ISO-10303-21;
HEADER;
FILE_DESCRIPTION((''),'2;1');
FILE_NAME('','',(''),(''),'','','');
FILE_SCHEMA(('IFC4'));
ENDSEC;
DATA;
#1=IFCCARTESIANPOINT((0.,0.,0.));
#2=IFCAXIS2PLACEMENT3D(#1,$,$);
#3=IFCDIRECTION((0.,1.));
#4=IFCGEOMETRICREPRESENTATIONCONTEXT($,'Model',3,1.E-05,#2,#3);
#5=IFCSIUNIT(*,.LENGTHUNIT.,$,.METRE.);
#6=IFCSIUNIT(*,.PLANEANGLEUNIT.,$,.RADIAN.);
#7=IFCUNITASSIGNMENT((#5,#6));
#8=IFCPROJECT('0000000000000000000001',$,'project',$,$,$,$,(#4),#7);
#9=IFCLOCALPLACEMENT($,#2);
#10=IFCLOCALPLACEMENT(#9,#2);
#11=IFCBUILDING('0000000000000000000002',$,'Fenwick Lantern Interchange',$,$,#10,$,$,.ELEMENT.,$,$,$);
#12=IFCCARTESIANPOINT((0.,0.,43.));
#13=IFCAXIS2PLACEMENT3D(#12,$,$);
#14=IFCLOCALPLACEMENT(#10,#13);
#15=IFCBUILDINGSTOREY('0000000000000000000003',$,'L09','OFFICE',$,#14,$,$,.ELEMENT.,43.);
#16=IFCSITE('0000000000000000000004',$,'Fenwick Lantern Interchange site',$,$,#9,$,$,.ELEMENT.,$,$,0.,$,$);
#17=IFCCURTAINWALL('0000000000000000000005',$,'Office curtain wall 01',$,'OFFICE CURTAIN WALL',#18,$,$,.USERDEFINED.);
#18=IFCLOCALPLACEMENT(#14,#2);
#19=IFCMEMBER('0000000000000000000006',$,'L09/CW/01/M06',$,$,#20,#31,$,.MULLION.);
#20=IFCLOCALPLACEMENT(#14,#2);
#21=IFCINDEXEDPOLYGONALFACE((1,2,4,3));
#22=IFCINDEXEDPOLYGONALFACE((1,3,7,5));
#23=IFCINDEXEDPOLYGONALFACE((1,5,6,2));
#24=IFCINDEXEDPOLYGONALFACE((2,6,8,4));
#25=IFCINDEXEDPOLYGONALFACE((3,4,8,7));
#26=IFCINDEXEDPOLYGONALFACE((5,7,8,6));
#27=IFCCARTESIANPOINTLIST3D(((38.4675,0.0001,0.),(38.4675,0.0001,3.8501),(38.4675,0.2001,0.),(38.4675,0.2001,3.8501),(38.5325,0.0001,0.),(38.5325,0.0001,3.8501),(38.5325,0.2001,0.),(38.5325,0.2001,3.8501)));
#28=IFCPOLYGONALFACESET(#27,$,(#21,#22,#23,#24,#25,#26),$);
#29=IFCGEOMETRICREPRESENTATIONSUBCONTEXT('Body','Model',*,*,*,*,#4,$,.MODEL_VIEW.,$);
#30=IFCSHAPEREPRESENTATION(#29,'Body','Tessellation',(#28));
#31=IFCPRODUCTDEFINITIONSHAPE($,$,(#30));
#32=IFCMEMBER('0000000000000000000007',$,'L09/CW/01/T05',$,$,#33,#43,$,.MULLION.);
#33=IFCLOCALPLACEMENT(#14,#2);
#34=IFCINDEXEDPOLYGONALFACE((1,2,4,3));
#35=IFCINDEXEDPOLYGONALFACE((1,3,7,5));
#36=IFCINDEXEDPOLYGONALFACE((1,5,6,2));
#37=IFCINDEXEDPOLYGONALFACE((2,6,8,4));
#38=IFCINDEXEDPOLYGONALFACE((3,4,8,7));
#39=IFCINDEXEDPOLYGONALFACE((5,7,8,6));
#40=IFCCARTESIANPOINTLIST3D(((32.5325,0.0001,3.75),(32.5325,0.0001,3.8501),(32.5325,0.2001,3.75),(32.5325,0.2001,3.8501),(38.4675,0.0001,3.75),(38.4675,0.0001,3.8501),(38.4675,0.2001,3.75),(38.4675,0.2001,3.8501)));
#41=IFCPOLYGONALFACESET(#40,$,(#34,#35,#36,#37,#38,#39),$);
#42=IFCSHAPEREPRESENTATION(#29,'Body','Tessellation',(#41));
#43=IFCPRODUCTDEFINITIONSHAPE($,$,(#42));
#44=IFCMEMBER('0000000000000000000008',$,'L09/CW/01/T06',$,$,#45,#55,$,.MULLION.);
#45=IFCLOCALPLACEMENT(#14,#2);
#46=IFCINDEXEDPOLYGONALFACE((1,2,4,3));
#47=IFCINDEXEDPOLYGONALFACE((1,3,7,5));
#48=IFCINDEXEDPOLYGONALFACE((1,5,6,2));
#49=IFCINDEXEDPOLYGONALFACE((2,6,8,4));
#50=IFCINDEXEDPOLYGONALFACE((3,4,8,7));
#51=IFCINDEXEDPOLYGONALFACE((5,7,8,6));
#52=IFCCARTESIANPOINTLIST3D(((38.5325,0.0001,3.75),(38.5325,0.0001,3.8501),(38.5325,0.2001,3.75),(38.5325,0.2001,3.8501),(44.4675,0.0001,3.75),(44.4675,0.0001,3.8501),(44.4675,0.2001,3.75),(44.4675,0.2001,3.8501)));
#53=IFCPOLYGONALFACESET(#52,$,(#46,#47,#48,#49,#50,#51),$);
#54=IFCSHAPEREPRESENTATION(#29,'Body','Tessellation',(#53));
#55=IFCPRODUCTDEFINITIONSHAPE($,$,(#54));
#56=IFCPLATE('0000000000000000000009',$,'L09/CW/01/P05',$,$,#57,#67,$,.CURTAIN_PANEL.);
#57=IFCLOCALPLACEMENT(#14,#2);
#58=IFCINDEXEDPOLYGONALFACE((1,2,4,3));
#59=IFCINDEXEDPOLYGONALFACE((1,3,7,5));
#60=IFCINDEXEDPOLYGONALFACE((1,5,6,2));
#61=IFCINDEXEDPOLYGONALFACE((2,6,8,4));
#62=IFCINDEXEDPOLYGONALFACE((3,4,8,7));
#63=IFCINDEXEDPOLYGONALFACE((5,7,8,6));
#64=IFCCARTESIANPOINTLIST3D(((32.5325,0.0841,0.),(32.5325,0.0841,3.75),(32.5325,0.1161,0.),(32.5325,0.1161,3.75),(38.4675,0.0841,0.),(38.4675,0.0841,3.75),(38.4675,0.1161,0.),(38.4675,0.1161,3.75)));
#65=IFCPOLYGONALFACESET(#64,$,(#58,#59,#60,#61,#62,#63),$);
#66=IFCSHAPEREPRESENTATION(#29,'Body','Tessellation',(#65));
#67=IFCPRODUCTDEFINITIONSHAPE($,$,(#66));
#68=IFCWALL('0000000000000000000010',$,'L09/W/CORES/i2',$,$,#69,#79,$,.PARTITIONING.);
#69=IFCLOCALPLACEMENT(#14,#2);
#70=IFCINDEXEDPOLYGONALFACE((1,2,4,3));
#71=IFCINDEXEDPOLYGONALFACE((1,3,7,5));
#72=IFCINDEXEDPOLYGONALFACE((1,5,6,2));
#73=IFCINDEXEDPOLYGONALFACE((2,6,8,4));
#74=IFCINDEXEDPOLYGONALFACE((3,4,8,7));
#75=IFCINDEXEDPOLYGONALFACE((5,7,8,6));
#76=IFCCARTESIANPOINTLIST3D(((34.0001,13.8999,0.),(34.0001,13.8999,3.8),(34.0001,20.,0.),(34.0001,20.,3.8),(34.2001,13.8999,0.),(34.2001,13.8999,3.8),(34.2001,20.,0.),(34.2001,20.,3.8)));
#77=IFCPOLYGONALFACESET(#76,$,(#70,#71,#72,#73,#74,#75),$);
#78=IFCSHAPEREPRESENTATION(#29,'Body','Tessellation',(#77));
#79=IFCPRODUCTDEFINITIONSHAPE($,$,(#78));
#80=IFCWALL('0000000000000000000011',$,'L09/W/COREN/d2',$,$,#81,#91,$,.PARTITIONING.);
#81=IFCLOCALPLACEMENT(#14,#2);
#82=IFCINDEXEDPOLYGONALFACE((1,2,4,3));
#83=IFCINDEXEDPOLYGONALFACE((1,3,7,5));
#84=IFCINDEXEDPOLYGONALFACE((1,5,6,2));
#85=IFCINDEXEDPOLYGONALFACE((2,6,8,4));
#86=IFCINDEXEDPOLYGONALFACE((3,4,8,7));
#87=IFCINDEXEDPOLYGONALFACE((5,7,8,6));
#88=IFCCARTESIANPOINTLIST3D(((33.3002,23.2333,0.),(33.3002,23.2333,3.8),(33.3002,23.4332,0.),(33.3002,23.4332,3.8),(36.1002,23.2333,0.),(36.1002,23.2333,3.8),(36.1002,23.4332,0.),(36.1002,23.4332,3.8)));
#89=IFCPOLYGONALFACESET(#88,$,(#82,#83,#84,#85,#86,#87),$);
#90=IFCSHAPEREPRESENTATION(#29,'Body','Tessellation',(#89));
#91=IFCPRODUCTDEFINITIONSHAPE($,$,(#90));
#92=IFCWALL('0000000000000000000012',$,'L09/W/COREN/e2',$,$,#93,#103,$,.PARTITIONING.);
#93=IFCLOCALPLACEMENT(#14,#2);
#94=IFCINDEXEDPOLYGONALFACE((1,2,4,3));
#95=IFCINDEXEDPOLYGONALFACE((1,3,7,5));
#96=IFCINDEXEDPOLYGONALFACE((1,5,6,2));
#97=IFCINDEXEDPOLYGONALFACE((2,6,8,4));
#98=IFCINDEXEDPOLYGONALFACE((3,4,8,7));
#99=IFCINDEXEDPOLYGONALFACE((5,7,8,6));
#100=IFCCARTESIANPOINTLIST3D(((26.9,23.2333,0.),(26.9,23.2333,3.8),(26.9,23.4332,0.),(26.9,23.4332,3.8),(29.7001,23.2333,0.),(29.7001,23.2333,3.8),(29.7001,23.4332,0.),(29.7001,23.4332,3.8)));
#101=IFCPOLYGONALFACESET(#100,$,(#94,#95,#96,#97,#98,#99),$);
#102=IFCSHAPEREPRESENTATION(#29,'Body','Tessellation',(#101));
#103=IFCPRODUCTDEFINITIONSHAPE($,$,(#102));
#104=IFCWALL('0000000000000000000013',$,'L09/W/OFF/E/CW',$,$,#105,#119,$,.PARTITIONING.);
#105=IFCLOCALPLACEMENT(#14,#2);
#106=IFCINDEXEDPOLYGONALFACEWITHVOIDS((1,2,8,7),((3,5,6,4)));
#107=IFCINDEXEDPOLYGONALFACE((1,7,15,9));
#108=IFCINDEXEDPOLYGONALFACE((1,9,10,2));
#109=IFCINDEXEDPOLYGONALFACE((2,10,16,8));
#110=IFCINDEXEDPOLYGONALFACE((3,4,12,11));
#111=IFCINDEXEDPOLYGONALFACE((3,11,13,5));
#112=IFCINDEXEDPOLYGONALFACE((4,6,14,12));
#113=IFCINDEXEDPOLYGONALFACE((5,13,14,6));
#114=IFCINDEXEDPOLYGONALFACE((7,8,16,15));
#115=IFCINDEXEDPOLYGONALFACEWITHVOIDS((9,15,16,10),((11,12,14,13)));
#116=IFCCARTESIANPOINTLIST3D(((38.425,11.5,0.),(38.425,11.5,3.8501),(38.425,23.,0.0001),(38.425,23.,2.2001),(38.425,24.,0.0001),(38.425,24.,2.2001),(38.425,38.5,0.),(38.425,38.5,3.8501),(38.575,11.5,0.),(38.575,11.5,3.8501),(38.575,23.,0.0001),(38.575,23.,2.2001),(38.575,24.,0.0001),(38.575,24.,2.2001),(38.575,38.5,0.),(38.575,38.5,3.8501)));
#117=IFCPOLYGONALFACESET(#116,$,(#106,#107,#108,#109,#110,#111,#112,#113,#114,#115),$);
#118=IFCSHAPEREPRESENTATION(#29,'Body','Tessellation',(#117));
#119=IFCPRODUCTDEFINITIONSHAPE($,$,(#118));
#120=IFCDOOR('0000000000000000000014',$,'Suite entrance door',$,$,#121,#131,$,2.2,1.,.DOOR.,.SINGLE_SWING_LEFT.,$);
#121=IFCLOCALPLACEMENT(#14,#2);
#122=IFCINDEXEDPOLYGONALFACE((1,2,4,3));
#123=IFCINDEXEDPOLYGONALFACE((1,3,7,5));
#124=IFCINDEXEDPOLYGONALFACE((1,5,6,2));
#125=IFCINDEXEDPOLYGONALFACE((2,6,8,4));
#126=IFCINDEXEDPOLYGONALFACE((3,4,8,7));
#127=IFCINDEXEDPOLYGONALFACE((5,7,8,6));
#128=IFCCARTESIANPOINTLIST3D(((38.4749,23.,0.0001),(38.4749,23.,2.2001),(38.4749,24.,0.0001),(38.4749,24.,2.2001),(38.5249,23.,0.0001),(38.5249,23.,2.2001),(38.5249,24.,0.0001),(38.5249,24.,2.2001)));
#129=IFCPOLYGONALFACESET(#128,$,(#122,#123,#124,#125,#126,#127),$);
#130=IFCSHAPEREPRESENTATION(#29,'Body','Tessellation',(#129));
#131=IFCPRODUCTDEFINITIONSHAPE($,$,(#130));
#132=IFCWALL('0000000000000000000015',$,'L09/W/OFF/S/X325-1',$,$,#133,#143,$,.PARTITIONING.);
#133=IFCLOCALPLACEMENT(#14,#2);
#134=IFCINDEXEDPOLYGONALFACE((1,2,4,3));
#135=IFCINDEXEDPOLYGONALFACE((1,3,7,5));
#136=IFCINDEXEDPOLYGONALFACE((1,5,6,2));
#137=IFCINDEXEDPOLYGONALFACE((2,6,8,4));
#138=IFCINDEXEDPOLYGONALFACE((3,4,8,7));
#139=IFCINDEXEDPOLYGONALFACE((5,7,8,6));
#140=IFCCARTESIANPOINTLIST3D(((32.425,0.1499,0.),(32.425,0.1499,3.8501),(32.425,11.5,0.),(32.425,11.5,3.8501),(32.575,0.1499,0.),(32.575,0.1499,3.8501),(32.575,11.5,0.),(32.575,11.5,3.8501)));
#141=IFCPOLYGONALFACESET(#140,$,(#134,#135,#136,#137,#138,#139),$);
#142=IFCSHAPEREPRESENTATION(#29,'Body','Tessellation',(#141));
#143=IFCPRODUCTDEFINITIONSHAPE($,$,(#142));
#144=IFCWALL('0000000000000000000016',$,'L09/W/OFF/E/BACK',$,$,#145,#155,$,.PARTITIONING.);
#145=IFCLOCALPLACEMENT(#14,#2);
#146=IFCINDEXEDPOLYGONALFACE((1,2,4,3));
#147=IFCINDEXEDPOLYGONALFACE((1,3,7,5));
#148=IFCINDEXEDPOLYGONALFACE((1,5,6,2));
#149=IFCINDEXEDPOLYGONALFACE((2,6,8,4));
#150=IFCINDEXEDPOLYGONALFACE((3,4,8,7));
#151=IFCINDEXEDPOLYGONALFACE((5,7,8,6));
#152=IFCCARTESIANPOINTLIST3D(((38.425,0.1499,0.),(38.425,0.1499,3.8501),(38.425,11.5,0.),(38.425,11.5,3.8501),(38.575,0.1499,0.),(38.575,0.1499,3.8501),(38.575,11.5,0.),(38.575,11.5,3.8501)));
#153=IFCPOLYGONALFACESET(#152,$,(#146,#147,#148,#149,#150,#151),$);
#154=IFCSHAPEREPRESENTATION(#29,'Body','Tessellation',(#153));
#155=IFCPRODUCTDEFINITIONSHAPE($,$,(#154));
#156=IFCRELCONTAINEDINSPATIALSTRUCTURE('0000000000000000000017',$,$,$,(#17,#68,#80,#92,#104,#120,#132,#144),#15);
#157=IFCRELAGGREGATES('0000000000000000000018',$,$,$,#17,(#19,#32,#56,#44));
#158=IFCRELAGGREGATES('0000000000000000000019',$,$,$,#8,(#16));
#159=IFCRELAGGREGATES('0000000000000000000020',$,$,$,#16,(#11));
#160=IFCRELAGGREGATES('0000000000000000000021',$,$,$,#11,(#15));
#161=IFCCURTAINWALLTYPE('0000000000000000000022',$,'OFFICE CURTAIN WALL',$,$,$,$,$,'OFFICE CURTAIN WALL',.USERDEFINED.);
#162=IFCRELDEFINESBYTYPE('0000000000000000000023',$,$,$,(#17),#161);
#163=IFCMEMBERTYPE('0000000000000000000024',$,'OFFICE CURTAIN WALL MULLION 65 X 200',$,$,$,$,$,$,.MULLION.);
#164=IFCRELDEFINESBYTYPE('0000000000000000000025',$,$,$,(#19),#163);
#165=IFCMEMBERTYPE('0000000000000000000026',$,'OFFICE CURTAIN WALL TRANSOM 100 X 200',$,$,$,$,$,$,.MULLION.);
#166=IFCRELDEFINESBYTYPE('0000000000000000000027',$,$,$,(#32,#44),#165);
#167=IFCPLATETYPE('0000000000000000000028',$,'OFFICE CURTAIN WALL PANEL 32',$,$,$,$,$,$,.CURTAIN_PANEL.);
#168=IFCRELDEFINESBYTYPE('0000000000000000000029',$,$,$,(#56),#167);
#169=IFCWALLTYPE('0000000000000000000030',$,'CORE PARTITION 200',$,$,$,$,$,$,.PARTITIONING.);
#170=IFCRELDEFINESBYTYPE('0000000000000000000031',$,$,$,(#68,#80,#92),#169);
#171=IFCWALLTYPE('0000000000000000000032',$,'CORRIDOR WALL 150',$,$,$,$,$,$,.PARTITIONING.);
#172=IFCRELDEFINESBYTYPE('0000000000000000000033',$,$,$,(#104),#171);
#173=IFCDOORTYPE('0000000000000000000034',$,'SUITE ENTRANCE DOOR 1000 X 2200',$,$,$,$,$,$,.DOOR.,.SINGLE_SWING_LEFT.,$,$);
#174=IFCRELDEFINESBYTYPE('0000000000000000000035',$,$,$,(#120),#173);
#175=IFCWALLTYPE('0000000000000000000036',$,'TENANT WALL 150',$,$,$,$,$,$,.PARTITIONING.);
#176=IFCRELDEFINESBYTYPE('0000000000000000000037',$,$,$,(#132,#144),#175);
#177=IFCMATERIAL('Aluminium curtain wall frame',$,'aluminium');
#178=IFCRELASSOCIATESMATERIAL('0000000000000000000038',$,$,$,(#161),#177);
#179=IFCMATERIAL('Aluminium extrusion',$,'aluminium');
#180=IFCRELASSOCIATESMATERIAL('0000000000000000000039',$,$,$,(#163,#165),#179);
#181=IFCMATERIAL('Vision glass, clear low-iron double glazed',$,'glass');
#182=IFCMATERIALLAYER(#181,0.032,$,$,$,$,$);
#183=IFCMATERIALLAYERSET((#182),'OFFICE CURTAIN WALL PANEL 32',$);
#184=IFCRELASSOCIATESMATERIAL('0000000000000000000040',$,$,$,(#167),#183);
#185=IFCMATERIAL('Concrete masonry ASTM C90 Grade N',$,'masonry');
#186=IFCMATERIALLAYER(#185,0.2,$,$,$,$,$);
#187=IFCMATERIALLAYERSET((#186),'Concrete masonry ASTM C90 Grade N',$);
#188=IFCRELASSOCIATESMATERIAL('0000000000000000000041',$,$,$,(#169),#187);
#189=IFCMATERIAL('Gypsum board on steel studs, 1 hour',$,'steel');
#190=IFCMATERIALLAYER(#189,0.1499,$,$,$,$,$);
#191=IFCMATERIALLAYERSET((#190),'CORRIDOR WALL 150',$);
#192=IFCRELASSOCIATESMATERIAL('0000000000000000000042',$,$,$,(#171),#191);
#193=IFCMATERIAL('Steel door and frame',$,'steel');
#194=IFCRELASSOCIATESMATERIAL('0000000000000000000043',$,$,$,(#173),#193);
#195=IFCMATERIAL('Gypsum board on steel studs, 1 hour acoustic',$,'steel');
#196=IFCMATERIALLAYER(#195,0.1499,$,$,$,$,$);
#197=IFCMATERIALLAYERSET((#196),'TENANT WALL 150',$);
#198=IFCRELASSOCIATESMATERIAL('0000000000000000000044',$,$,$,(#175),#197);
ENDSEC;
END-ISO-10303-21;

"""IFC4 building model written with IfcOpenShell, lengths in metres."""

from ifc_helpers import new_model, si_unit, direction, frame, frame_2d, origin, origin_2d, place, context, subcontext, project, spatial, rectangle, extrude, material, layer, layer_set, material_profile, profile_set, type_object, element, fill, aggregate, save


model = new_model("IFC4")

# Units and contexts
model_context = context("Model", 3, precision=1e-05, world=origin(), true_north=direction((0.0, 1.0)))
body_context = subcontext(model_context, "Body", "Model", "MODEL_VIEW")
ifc_project = project(units=[si_unit("LENGTHUNIT", "METRE"), si_unit("PLANEANGLEUNIT", "RADIAN")], contexts=[model_context])

# Site, building, storey
site_placement = place(None, origin())
site = spatial("IfcSite", under=ifc_project, at=site_placement, Name="Fenwick Lantern Interchange site", CompositionType="ELEMENT", RefElevation=0.0)
building_placement = place(site_placement, origin())
building = spatial("IfcBuilding", under=site, at=building_placement, Name="Fenwick Lantern Interchange", CompositionType="ELEMENT")
storey_placement = place(building_placement, frame((0.0, 0.0, 43.0)))
storey = spatial("IfcBuildingStorey", under=building, at=storey_placement, Name="L09", Description="OFFICE", CompositionType="ELEMENT", Elevation=43.0)

# Curtain wall, members, plate
ifc_material_1 = material(Name="Aluminium curtain wall frame", Category="aluminium")
curtain_wall_type = type_object("IfcCurtainWallType", Name="OFFICE CURTAIN WALL", ElementType="OFFICE CURTAIN WALL", PredefinedType="USERDEFINED", material=ifc_material_1)
curtain_wall_placement = place(storey_placement, origin())
curtain_wall = element("IfcCurtainWall", 1, at=curtain_wall_placement, inside=storey, type_object=curtain_wall_type, Name="Office curtain wall 01", ObjectType="OFFICE CURTAIN WALL", PredefinedType="USERDEFINED")
ifc_material_2 = material(Name="Aluminium extrusion", Category="aluminium")
ifc_material_profile_1 = material_profile(ifc_material_2, rectangle(XDim=0.2, YDim=0.0649, at=origin_2d()), Name="OFFICE CURTAIN WALL MULLION 65 X 200")
ifc_profile_set_1 = profile_set([ifc_material_profile_1], Name="Aluminium extrusion")
member_type_1 = type_object("IfcMemberType", Name="OFFICE CURTAIN WALL MULLION 65 X 200", PredefinedType="MULLION", material=ifc_profile_set_1)
member_1_placement = place(storey_placement, frame((38.5, 0.1001, 0.0), z_axis=(0.0, 0.0, 1.0), x_axis=(0.0, 1.0, 0.0)))
member_1 = element("IfcMember", 2, at=member_1_placement, type_object=member_type_1, Name="L09/CW/01/M06", PredefinedType="MULLION", context=body_context, shape_type="SweptSolid", body=[
    extrude(rectangle(XDim=0.2, YDim=0.0649, at=origin_2d()), origin(), (0.0, 0.0, 1.0), 3.8501),
])
ifc_material_profile_2 = material_profile(ifc_material_2, rectangle(XDim=0.2, YDim=0.1001, at=origin_2d()), Name="OFFICE CURTAIN WALL TRANSOM 100 X 200")
ifc_profile_set_2 = profile_set([ifc_material_profile_2], Name="Aluminium extrusion")
member_type_2 = type_object("IfcMemberType", Name="OFFICE CURTAIN WALL TRANSOM 100 X 200", PredefinedType="MULLION", material=ifc_profile_set_2)
member_2_placement = place(storey_placement, frame((32.5325, 0.1001, 3.8), z_axis=(1.0, 0.0, 0.0), x_axis=(0.0, 1.0, 0.0)))
member_2 = element("IfcMember", 3, at=member_2_placement, type_object=member_type_2, Name="L09/CW/01/T05", PredefinedType="MULLION", context=body_context, shape_type="SweptSolid", body=[
    extrude(rectangle(XDim=0.2, YDim=0.1001, at=origin_2d()), origin(), (0.0, 0.0, 1.0), 5.9351),
])
member_3_placement = place(storey_placement, frame((38.5325, 0.1001, 3.8), z_axis=(1.0, 0.0, 0.0), x_axis=(0.0, 1.0, 0.0)))
member_3 = element("IfcMember", 4, at=member_3_placement, type_object=member_type_2, Name="L09/CW/01/T06", PredefinedType="MULLION", context=body_context, shape_type="SweptSolid", body=[
    extrude(rectangle(XDim=0.2, YDim=0.1001, at=origin_2d()), origin(), (0.0, 0.0, 1.0), 5.9351),
])
ifc_material_3 = material(Name="Vision glass, clear low-iron double glazed", Category="glass")
ifc_layer_1 = layer(ifc_material_3, 0.032)
ifc_layer_set_1 = layer_set([ifc_layer_1], Name="OFFICE CURTAIN WALL PANEL 32")
plate_type = type_object("IfcPlateType", Name="OFFICE CURTAIN WALL PANEL 32", PredefinedType="CURTAIN_PANEL", material=ifc_layer_set_1)
plate_placement = place(storey_placement, frame((35.5, 0.1001, 0.0), z_axis=(0.0, 0.0, 1.0), x_axis=(1.0, 0.0, 0.0)))
plate = element("IfcPlate", 5, at=plate_placement, type_object=plate_type, Name="L09/CW/01/P05", PredefinedType="CURTAIN_PANEL", context=body_context, shape_type="SweptSolid", body=[
    extrude(rectangle(XDim=5.9351, YDim=0.032, at=origin_2d()), origin(), (0.0, 0.0, 1.0), 3.75),
])
aggregate(curtain_wall, [member_1, member_2, plate, member_3])

# Walls
ifc_material_4 = material(Name="Concrete masonry ASTM C90 Grade N", Category="masonry")
ifc_layer_2 = layer(ifc_material_4, 0.2)
ifc_layer_set_2 = layer_set([ifc_layer_2], Name="Concrete masonry ASTM C90 Grade N")
wall_type_1 = type_object("IfcWallType", Name="CORE PARTITION 200", PredefinedType="PARTITIONING", material=ifc_layer_set_2)
wall_1_placement = place(storey_placement, frame((34.1001, 13.8999, 0.0), z_axis=(0.0, 0.0, 1.0), x_axis=(0.0, 1.0, 0.0)))
element("IfcWall", 6, at=wall_1_placement, inside=storey, type_object=wall_type_1, Name="L09/W/CORES/i2", PredefinedType="PARTITIONING", context=body_context, shape_type="SweptSolid", body=[
    extrude(rectangle(XDim=6.1001, YDim=0.2, at=frame_2d((3.05, 0.0))), origin(), (0.0, 0.0, 1.0), 3.8),
])
for number, where, z_axis, x_axis, name in (
    (7, (36.1001, 23.3333, 0.0), (0.0, 0.0, 1.0), (-1.0, 0.0, 0.0), "L09/W/COREN/d2"),
    (8, (29.7, 23.3333, 0.0), (0.0, 0.0, 1.0), (-1.0, 0.0, 0.0), "L09/W/COREN/e2"),
):
    element("IfcWall", number, at=place(storey_placement, frame(where, z_axis=z_axis, x_axis=x_axis)), inside=storey, type_object=wall_type_1, Name=name, PredefinedType="PARTITIONING", context=body_context, shape_type="SweptSolid", body=[
        extrude(rectangle(XDim=2.8, YDim=0.2, at=frame_2d((1.3999, 0.0))), origin(), (0.0, 0.0, 1.0), 3.8),
    ])

# Shared definitions
ifc_material_5 = material(Name="Steel door and frame", Category="steel")

# Wall, opening, door
ifc_material_6 = material(Name="Gypsum board on steel studs, 1 hour", Category="steel")
ifc_layer_3 = layer(ifc_material_6, 0.1499)
ifc_layer_set_3 = layer_set([ifc_layer_3], Name="CORRIDOR WALL 150")
wall_type_2 = type_object("IfcWallType", Name="CORRIDOR WALL 150", PredefinedType="PARTITIONING", material=ifc_layer_set_3)
wall_2_placement = place(storey_placement, frame((38.5, 11.5, 0.0), z_axis=(0.0, 0.0, 1.0), x_axis=(0.0, 1.0, 0.0)))
wall_2 = element("IfcWall", 9, at=wall_2_placement, inside=storey, type_object=wall_type_2, Name="L09/W/OFF/E/CW", PredefinedType="PARTITIONING", context=body_context, shape_type="SweptSolid", body=[
    extrude(rectangle(XDim=27.0, YDim=0.1499, at=frame_2d((13.5, 0.0))), origin(), (0.0, 0.0, 1.0), 3.8501),
])
opening_1_placement = place(wall_2_placement, frame((11.5, 0.0, 0.0)))
opening_1 = element("IfcOpeningElement", 10, at=opening_1_placement, cuts=wall_2, PredefinedType="OPENING", context=body_context, shape_type="SweptSolid", body=[
    extrude(rectangle(XDim=1.0, YDim=2.2, at=frame_2d((0.5, 1.1001))), frame((0.0, 0.085, 0.0), z_axis=(0.0, -1.0, 0.0), x_axis=(1.0, 0.0, 0.0)), (0.0, 0.0, 1.0), 0.1699),
])
door_type_1 = type_object("IfcDoorType", Name="SUITE ENTRANCE DOOR 1000 X 2200", OperationType="SINGLE_SWING_LEFT", PredefinedType="DOOR", material=ifc_material_5)
door_1_placement = place(opening_1_placement, frame((1.0, 0.0, 0.0), z_axis=(0.0, 0.0, 1.0), x_axis=(-1.0, 0.0, 0.0)))
door_1 = element("IfcDoor", 11, at=door_1_placement, inside=storey, type_object=door_type_1, Name="Suite entrance door", OperationType="SINGLE_SWING_LEFT", OverallHeight=2.2, OverallWidth=1.0, PredefinedType="DOOR", context=body_context, shape_type="SweptSolid", body=[
    extrude(rectangle(XDim=1.0, YDim=2.2, at=frame_2d((0.5, 1.1001))), frame((0.0, 0.0249, 0.0), z_axis=(0.0, -1.0, 0.0), x_axis=(1.0, 0.0, 0.0)), (0.0, 0.0, 1.0), 0.05),
])
fill(opening_1, door_1)

# Walls
ifc_material_7 = material(Name="Gypsum board on steel studs, 1 hour acoustic", Category="steel")
ifc_layer_4 = layer(ifc_material_7, 0.1499)
ifc_layer_set_4 = layer_set([ifc_layer_4], Name="TENANT WALL 150")
wall_type_3 = type_object("IfcWallType", Name="TENANT WALL 150", PredefinedType="PARTITIONING", material=ifc_layer_set_4)
for number, where, z_axis, x_axis, name in (
    (12, (32.5, 0.1499, 0.0), (0.0, 0.0, 1.0), (0.0, 1.0, 0.0), "L09/W/OFF/S/X325-1"),
    (13, (38.5, 0.1499, 0.0), (0.0, 0.0, 1.0), (0.0, 1.0, 0.0), "L09/W/OFF/E/BACK"),
):
    element("IfcWall", number, at=place(storey_placement, frame(where, z_axis=z_axis, x_axis=x_axis)), inside=storey, type_object=wall_type_3, Name=name, PredefinedType="PARTITIONING", context=body_context, shape_type="SweptSolid", body=[
        extrude(rectangle(XDim=11.3501, YDim=0.1499, at=frame_2d((5.675, 0.0))), origin(), (0.0, 0.0, 1.0), 3.8501),
    ])

save(model, "model.ifc")
